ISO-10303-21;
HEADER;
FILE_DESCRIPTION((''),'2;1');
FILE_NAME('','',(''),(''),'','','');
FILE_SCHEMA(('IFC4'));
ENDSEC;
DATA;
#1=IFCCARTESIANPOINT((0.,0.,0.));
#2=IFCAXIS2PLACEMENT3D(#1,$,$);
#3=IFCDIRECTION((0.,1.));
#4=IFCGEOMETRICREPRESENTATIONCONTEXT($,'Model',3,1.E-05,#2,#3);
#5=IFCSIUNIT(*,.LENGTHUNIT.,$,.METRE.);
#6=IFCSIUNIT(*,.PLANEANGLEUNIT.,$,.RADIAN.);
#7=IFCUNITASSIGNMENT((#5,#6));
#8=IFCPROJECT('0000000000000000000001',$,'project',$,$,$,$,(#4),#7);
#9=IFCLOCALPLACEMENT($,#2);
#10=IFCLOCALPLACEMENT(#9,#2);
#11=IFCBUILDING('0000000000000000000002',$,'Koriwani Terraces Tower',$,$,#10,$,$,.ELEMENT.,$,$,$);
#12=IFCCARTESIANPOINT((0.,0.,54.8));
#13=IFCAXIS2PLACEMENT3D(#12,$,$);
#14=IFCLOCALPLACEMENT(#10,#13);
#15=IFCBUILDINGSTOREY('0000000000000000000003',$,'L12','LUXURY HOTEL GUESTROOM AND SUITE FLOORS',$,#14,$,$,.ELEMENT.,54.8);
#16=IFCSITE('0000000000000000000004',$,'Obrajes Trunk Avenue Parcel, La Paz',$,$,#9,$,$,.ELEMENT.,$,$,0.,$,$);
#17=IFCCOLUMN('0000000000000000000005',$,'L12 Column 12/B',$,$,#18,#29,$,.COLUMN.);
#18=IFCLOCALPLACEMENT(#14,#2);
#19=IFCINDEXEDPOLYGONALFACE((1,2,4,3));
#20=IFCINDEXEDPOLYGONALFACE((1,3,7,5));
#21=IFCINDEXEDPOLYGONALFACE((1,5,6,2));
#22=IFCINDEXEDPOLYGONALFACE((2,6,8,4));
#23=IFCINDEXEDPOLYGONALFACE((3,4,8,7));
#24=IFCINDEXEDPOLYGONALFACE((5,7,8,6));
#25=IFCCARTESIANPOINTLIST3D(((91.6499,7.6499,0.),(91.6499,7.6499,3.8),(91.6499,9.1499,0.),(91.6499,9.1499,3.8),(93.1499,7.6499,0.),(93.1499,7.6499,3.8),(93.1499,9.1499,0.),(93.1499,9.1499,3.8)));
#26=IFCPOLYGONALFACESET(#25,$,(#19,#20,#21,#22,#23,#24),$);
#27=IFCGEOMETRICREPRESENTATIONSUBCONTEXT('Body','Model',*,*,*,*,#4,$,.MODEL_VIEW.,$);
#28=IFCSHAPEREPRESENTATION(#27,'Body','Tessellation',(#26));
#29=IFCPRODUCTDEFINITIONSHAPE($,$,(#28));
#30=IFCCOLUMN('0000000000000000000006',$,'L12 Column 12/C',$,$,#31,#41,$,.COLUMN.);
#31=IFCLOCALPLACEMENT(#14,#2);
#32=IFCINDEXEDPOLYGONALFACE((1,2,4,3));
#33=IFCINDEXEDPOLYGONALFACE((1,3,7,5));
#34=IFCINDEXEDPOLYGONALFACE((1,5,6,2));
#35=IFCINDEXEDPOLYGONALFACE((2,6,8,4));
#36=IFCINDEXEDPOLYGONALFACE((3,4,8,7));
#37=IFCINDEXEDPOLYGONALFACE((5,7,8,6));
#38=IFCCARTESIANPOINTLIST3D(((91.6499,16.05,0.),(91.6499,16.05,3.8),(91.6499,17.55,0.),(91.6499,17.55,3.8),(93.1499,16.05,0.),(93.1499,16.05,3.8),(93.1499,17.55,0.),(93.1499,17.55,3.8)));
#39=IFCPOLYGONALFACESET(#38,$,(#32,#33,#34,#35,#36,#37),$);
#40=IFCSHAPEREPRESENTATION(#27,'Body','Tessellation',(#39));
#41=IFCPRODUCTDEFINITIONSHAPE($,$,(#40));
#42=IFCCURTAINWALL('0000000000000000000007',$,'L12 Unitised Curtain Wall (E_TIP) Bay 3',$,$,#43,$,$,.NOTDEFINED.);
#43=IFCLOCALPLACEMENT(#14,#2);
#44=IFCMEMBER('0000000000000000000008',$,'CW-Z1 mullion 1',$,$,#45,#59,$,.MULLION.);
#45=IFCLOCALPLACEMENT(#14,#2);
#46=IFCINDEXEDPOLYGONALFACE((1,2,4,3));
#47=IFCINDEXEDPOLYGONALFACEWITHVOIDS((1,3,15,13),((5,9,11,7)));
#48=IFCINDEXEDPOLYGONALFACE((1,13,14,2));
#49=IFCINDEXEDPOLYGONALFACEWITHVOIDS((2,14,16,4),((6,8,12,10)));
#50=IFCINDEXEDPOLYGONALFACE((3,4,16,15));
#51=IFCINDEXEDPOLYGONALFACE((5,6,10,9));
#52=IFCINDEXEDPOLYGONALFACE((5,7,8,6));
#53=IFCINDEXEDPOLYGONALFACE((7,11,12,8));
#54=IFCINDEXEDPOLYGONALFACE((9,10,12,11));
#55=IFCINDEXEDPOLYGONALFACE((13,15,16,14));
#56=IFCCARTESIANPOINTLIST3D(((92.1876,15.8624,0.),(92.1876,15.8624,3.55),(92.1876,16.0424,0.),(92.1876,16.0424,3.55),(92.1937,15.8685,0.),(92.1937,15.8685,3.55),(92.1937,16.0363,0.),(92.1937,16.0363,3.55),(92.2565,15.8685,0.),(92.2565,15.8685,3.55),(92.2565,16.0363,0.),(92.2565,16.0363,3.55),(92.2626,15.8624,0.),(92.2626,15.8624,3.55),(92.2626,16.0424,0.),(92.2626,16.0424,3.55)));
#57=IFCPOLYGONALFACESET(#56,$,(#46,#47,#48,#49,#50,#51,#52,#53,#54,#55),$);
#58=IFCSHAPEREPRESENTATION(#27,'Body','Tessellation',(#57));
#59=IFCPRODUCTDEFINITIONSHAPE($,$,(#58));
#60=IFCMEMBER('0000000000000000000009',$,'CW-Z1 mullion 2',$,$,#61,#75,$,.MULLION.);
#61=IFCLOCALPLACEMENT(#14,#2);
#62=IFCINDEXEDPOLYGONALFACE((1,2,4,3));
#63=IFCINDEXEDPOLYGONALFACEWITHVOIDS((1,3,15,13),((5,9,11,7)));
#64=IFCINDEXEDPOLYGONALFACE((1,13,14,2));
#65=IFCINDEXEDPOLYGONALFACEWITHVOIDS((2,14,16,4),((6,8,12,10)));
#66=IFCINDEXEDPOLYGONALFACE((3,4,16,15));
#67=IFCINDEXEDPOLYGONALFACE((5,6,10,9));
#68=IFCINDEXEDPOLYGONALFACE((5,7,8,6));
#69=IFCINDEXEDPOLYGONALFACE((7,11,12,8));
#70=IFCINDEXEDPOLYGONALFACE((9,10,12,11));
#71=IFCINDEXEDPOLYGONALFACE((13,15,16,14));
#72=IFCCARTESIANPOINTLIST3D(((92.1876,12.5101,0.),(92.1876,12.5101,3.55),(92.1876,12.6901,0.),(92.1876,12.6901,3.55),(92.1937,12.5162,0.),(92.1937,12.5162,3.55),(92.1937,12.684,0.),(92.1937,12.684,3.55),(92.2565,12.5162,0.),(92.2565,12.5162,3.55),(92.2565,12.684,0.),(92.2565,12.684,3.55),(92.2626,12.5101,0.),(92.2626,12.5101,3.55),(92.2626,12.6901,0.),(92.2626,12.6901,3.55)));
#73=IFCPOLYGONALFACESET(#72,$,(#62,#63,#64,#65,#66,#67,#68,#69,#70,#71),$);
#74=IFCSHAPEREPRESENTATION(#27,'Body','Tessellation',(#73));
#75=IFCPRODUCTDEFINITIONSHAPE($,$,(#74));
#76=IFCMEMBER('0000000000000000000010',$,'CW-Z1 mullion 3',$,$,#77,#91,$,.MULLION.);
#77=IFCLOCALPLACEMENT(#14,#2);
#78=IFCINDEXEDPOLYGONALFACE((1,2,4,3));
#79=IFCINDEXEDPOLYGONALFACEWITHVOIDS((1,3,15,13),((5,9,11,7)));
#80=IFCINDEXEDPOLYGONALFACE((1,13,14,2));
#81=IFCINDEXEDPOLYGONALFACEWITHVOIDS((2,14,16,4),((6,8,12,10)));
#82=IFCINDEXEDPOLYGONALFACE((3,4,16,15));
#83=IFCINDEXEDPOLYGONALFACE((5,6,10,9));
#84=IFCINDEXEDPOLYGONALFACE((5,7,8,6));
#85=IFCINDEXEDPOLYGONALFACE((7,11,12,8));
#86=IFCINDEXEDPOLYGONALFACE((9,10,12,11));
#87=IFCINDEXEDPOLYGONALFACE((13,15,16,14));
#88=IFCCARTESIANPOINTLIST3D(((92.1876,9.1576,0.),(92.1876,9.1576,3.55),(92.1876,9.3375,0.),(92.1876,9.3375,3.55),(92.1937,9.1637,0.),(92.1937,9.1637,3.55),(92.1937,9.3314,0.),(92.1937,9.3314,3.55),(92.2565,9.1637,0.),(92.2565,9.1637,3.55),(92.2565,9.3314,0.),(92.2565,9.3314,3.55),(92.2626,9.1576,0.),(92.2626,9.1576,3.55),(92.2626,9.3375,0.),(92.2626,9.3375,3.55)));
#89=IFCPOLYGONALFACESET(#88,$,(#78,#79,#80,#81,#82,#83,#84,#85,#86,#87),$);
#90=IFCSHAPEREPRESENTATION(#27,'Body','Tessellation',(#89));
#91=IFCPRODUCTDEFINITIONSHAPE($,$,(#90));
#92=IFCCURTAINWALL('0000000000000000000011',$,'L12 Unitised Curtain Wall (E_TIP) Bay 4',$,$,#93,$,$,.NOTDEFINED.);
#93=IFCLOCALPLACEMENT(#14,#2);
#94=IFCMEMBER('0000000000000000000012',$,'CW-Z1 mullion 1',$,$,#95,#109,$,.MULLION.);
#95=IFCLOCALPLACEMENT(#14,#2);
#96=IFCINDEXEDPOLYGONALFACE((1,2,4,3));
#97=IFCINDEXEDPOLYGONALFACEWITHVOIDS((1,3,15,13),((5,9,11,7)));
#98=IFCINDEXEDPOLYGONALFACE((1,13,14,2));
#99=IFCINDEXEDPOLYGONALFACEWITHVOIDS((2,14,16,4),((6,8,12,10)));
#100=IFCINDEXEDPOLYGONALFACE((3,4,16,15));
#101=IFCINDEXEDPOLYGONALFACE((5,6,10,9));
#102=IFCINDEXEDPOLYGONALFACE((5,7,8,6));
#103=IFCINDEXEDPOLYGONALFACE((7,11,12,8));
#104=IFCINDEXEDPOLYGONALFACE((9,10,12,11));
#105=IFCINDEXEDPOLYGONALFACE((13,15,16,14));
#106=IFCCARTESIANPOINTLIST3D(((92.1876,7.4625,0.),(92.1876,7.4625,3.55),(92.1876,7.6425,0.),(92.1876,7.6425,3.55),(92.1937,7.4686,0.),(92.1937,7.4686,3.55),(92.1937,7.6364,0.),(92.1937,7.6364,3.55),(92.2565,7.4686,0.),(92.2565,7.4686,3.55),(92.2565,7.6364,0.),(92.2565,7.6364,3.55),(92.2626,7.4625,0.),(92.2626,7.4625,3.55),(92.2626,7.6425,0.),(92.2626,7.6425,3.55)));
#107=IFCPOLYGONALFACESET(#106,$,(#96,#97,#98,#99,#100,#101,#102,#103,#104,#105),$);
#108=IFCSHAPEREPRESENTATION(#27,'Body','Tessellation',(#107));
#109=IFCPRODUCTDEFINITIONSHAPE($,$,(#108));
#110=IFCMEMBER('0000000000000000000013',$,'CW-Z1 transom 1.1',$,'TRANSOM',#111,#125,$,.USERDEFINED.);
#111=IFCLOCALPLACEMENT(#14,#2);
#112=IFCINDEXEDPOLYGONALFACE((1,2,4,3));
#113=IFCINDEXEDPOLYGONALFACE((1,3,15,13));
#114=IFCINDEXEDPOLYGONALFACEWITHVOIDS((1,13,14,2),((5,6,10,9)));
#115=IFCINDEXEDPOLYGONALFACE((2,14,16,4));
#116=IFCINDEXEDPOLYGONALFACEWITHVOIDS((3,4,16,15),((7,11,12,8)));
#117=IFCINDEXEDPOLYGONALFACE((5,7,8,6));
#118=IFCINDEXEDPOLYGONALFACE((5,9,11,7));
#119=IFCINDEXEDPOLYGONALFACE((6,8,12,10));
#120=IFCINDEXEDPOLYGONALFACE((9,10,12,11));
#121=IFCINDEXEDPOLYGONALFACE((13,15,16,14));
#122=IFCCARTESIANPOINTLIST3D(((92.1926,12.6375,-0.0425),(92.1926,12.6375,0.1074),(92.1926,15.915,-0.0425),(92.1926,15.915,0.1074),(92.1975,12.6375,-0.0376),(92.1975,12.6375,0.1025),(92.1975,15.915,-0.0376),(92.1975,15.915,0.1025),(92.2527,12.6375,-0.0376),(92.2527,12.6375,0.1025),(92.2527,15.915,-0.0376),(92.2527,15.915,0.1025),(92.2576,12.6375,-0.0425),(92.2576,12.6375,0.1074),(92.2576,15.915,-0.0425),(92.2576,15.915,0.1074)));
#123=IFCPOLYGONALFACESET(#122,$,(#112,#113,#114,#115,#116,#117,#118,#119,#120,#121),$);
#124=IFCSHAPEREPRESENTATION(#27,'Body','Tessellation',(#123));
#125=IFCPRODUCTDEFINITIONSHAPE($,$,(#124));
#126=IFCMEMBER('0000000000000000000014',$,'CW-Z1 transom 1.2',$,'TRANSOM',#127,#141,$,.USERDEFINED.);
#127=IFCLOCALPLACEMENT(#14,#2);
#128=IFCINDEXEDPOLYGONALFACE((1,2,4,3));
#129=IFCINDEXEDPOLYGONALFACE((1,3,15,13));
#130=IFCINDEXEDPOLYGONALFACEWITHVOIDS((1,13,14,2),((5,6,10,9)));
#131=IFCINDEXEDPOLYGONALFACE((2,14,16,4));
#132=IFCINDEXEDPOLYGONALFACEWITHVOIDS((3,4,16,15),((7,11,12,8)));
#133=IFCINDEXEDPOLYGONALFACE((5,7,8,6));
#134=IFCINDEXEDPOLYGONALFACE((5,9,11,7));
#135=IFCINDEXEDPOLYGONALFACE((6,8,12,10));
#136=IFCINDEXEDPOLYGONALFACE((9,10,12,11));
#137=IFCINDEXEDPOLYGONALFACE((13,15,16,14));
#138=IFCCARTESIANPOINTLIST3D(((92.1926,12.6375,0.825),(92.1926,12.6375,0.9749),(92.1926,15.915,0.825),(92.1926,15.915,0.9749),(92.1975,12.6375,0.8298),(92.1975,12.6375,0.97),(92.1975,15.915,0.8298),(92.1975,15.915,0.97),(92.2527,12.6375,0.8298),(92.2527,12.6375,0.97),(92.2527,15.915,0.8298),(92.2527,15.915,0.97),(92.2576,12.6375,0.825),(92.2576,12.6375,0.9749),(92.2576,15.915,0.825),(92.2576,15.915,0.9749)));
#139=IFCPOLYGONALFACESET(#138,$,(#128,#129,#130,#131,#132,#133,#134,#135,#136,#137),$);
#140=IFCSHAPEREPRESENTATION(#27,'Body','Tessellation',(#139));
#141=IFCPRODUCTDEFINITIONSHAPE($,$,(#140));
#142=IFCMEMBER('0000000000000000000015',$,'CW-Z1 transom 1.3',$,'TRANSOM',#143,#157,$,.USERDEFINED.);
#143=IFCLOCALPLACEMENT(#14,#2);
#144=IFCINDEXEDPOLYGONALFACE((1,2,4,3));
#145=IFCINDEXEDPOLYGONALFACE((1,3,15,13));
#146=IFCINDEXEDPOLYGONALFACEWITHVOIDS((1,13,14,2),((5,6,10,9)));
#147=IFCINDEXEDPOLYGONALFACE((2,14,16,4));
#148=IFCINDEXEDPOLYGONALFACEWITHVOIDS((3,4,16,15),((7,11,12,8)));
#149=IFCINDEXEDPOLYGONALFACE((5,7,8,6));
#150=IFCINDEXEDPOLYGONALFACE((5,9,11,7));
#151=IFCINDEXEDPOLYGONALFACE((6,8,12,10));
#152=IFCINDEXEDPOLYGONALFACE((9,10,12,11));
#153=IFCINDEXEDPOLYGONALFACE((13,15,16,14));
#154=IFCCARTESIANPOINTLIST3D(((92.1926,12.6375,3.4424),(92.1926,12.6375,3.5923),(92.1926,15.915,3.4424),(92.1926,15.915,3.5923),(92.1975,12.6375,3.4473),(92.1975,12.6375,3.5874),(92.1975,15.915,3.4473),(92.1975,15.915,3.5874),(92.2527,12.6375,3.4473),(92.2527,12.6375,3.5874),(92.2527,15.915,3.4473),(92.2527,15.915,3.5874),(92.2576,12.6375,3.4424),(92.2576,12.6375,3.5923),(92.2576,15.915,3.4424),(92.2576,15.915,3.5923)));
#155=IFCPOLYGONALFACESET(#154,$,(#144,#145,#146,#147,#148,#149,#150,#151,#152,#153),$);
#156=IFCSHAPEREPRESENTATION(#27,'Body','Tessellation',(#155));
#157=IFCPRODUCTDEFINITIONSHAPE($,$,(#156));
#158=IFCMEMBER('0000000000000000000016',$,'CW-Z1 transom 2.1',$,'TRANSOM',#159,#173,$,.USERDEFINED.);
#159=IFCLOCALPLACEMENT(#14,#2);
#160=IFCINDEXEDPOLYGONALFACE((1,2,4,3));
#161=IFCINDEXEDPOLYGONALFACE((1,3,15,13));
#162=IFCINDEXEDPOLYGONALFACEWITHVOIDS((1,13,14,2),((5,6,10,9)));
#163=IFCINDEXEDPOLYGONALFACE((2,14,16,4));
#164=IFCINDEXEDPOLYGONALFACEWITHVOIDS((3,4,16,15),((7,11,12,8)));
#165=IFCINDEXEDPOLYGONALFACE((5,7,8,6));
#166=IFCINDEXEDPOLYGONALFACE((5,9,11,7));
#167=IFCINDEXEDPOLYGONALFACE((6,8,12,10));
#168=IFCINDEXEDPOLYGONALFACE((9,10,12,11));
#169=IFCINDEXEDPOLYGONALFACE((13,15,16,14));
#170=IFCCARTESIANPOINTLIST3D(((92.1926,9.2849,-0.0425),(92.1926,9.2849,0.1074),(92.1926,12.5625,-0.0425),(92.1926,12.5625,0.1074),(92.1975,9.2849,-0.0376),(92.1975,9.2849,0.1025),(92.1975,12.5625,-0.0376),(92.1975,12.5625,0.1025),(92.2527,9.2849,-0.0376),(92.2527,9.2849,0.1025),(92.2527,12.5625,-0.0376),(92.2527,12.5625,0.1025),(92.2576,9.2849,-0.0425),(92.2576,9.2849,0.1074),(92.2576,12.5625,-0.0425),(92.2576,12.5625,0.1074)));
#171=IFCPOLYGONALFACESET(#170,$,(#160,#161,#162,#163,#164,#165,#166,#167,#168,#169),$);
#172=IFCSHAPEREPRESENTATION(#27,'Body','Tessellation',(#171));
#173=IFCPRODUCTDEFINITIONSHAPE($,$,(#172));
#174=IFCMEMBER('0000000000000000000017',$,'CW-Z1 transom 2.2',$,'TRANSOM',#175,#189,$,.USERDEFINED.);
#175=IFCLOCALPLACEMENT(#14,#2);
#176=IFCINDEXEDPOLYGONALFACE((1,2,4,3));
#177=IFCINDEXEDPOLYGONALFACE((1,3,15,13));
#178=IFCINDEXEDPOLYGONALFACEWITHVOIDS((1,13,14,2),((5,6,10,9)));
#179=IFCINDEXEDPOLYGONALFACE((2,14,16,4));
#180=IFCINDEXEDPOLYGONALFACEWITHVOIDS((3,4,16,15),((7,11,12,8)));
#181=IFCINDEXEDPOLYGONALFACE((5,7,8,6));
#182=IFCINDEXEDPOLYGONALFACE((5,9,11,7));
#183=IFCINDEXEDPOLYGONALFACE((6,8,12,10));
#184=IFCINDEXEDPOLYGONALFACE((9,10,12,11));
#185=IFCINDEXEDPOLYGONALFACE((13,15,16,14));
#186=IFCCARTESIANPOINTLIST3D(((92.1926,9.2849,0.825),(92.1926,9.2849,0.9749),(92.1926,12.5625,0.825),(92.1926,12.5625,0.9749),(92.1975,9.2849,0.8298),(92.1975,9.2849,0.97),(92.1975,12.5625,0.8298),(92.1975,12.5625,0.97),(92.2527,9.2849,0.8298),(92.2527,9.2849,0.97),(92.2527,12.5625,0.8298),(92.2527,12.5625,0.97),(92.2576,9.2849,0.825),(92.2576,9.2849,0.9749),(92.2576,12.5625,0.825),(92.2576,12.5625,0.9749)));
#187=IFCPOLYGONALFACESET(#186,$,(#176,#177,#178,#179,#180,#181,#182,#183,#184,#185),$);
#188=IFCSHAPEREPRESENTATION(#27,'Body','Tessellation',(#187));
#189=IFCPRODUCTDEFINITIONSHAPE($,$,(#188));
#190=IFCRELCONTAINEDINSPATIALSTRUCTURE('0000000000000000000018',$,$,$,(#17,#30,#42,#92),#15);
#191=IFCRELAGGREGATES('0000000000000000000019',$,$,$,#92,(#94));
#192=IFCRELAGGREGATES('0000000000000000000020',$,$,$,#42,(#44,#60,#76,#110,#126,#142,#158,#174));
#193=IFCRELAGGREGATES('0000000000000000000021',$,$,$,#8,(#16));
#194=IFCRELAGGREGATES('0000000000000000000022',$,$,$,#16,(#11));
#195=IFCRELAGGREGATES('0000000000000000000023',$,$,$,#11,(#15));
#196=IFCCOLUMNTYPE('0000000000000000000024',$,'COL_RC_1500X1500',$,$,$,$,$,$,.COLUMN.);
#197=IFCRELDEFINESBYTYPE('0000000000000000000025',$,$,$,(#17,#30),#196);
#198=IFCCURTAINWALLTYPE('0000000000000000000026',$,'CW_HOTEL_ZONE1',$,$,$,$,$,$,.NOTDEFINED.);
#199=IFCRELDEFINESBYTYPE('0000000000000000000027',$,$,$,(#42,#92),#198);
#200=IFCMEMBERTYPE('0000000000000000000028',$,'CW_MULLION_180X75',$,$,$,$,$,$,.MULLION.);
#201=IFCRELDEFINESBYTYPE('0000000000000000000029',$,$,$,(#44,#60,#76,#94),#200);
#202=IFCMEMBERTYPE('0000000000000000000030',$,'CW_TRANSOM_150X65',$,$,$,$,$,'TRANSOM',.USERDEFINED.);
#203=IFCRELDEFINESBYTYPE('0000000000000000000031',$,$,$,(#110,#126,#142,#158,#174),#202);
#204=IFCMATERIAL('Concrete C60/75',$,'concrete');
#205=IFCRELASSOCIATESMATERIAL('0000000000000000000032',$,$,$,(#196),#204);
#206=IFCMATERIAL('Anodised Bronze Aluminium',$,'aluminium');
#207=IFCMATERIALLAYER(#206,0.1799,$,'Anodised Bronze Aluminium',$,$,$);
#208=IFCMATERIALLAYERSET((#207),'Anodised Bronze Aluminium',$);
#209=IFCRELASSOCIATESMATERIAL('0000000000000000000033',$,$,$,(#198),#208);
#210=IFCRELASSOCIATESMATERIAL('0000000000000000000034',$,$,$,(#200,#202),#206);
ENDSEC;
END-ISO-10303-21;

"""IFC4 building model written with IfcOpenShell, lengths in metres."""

from ifc_helpers import new_model, si_unit, direction, frame, origin, origin_2d, place, context, subcontext, project, spatial, rectangle, hollow_rectangle, extrude, material, layer, layer_set, material_profile, profile_set, type_object, element, aggregate, save


model = new_model("IFC4")

# Units and contexts
model_context = context("Model", 3, precision=1e-05, world=origin(), true_north=direction((0.0, 1.0)))
body_context = subcontext(model_context, "Body", "Model", "MODEL_VIEW")
ifc_project = project(units=[si_unit("LENGTHUNIT", "METRE"), si_unit("PLANEANGLEUNIT", "RADIAN")], contexts=[model_context])

# Site, building, storey
site_placement = place(None, origin())
site = spatial("IfcSite", under=ifc_project, at=site_placement, Name="Obrajes Trunk Avenue Parcel, La Paz", CompositionType="ELEMENT", RefElevation=0.0)
building_placement = place(site_placement, origin())
building = spatial("IfcBuilding", under=site, at=building_placement, Name="Koriwani Terraces Tower", CompositionType="ELEMENT")
storey_placement = place(building_placement, frame((0.0, 0.0, 54.8)))
storey = spatial("IfcBuildingStorey", under=building, at=storey_placement, Name="L12", Description="LUXURY HOTEL GUESTROOM AND SUITE FLOORS", CompositionType="ELEMENT", Elevation=54.8)

# Columns
ifc_material_1 = material(Name="Concrete C60/75", Category="concrete")
ifc_material_profile_1 = material_profile(ifc_material_1, rectangle(XDim=1.5, YDim=1.5, at=origin_2d()), Name="Concrete C60/75", Category="LoadBearing")
ifc_profile_set_1 = profile_set([ifc_material_profile_1], Name="Concrete C60/75")
column_type = type_object("IfcColumnType", Name="COL_RC_1500X1500", PredefinedType="COLUMN", material=ifc_profile_set_1)
for number, where, z_axis, x_axis, name in (
    (1, (92.3999, 8.3999, 0.0), (0.0, 0.0, 1.0), (1.0, 0.0, 0.0), "L12 Column 12/B"),
    (2, (92.3999, 16.8, 0.0), (0.0, 0.0, 1.0), (1.0, 0.0, 0.0), "L12 Column 12/C"),
):
    element("IfcColumn", number, at=place(storey_placement, frame(where, z_axis=z_axis, x_axis=x_axis)), inside=storey, type_object=column_type, Name=name, PredefinedType="COLUMN", context=body_context, shape_type="SweptSolid", body=[
        extrude(rectangle(XDim=1.5, YDim=1.5, at=origin_2d()), origin(), (0.0, 0.0, 1.0), 3.8),
    ])

# Curtain wall, members
ifc_material_2 = material(Name="Anodised Bronze Aluminium", Category="aluminium")
ifc_layer_1 = layer(ifc_material_2, 0.1799, Name="Anodised Bronze Aluminium")
ifc_layer_set_1 = layer_set([ifc_layer_1], Name="Anodised Bronze Aluminium")
curtain_wall_type = type_object("IfcCurtainWallType", Name="CW_HOTEL_ZONE1", PredefinedType="NOTDEFINED", material=ifc_layer_set_1)
curtain_wall_1_placement = place(storey_placement, origin())
curtain_wall_1 = element("IfcCurtainWall", 3, at=curtain_wall_1_placement, inside=storey, type_object=curtain_wall_type, Name="L12 Unitised Curtain Wall (E_TIP) Bay 3", PredefinedType="NOTDEFINED")
ifc_material_profile_2 = material_profile(ifc_material_2, hollow_rectangle(XDim=0.075, YDim=0.1799, WallThickness=0.0061, at=origin_2d()), Name="Anodised Bronze Aluminium", Category="LoadBearing")
ifc_profile_set_2 = profile_set([ifc_material_profile_2], Name="Anodised Bronze Aluminium")
member_type_1 = type_object("IfcMemberType", Name="CW_MULLION_180X75", PredefinedType="MULLION", material=ifc_profile_set_2)
member_1_placement = place(storey_placement, frame((92.2251, 15.9524, 0.0), z_axis=(0.0, 0.0, 1.0), x_axis=(1.0, 0.0, 0.0)))
member_1 = element("IfcMember", 4, at=member_1_placement, type_object=member_type_1, Name="CW-Z1 mullion 1", PredefinedType="MULLION", context=body_context, shape_type="SweptSolid", body=[
    extrude(hollow_rectangle(XDim=0.075, YDim=0.1799, WallThickness=0.0061, at=origin_2d()), origin(), (0.0, 0.0, 1.0), 3.55),
])
member_2_placement = place(storey_placement, frame((92.2251, 12.6001, 0.0), z_axis=(0.0, 0.0, 1.0), x_axis=(1.0, 0.0, 0.0)))
member_2 = element("IfcMember", 5, at=member_2_placement, type_object=member_type_1, Name="CW-Z1 mullion 2", PredefinedType="MULLION", context=body_context, shape_type="SweptSolid", body=[
    extrude(hollow_rectangle(XDim=0.075, YDim=0.1799, WallThickness=0.0061, at=origin_2d()), origin(), (0.0, 0.0, 1.0), 3.55),
])
member_3_placement = place(storey_placement, frame((92.2251, 9.2476, 0.0), z_axis=(0.0, 0.0, 1.0), x_axis=(1.0, 0.0, 0.0)))
member_3 = element("IfcMember", 6, at=member_3_placement, type_object=member_type_1, Name="CW-Z1 mullion 3", PredefinedType="MULLION", context=body_context, shape_type="SweptSolid", body=[
    extrude(hollow_rectangle(XDim=0.075, YDim=0.1799, WallThickness=0.0061, at=origin_2d()), origin(), (0.0, 0.0, 1.0), 3.55),
])

# Curtain wall, member
curtain_wall_2_placement = place(storey_placement, origin())
curtain_wall_2 = element("IfcCurtainWall", 7, at=curtain_wall_2_placement, inside=storey, type_object=curtain_wall_type, Name="L12 Unitised Curtain Wall (E_TIP) Bay 4", PredefinedType="NOTDEFINED")
member_4_placement = place(storey_placement, frame((92.2251, 7.5525, 0.0), z_axis=(0.0, 0.0, 1.0), x_axis=(1.0, 0.0, 0.0)))
member_4 = element("IfcMember", 8, at=member_4_placement, type_object=member_type_1, Name="CW-Z1 mullion 1", PredefinedType="MULLION", context=body_context, shape_type="SweptSolid", body=[
    extrude(hollow_rectangle(XDim=0.075, YDim=0.1799, WallThickness=0.0061, at=origin_2d()), origin(), (0.0, 0.0, 1.0), 3.55),
])
aggregate(curtain_wall_2, [member_4])

# Members
ifc_material_profile_3 = material_profile(ifc_material_2, hollow_rectangle(XDim=0.0649, YDim=0.1499, WallThickness=0.0049, at=origin_2d()), Name="Anodised Bronze Aluminium", Category="LoadBearing")
ifc_profile_set_3 = profile_set([ifc_material_profile_3], Name="Anodised Bronze Aluminium")
member_type_2 = type_object("IfcMemberType", Name="CW_TRANSOM_150X65", ElementType="TRANSOM", PredefinedType="USERDEFINED", material=ifc_profile_set_3)
member_5_placement = place(storey_placement, frame((92.2251, 15.915, 0.0325), z_axis=(0.0, -1.0, 0.0), x_axis=(1.0, 0.0, 0.0)))
member_5 = element("IfcMember", 9, at=member_5_placement, type_object=member_type_2, Name="CW-Z1 transom 1.1", ObjectType="TRANSOM", PredefinedType="USERDEFINED", context=body_context, shape_type="SweptSolid", body=[
    extrude(hollow_rectangle(XDim=0.0649, YDim=0.1499, WallThickness=0.0049, at=origin_2d()), origin(), (0.0, 0.0, 1.0), 3.2776),
])
member_6_placement = place(storey_placement, frame((92.2251, 15.915, 0.8999), z_axis=(0.0, -1.0, 0.0), x_axis=(1.0, 0.0, 0.0)))
member_6 = element("IfcMember", 10, at=member_6_placement, type_object=member_type_2, Name="CW-Z1 transom 1.2", ObjectType="TRANSOM", PredefinedType="USERDEFINED", context=body_context, shape_type="SweptSolid", body=[
    extrude(hollow_rectangle(XDim=0.0649, YDim=0.1499, WallThickness=0.0049, at=origin_2d()), origin(), (0.0, 0.0, 1.0), 3.2776),
])
member_7_placement = place(storey_placement, frame((92.2251, 15.915, 3.5173), z_axis=(0.0, -1.0, 0.0), x_axis=(1.0, 0.0, 0.0)))
member_7 = element("IfcMember", 11, at=member_7_placement, type_object=member_type_2, Name="CW-Z1 transom 1.3", ObjectType="TRANSOM", PredefinedType="USERDEFINED", context=body_context, shape_type="SweptSolid", body=[
    extrude(hollow_rectangle(XDim=0.0649, YDim=0.1499, WallThickness=0.0049, at=origin_2d()), origin(), (0.0, 0.0, 1.0), 3.2776),
])
member_8_placement = place(storey_placement, frame((92.2251, 12.5625, 0.0325), z_axis=(0.0, -1.0, 0.0), x_axis=(1.0, 0.0, 0.0)))
member_8 = element("IfcMember", 12, at=member_8_placement, type_object=member_type_2, Name="CW-Z1 transom 2.1", ObjectType="TRANSOM", PredefinedType="USERDEFINED", context=body_context, shape_type="SweptSolid", body=[
    extrude(hollow_rectangle(XDim=0.0649, YDim=0.1499, WallThickness=0.0049, at=origin_2d()), origin(), (0.0, 0.0, 1.0), 3.2776),
])
member_9_placement = place(storey_placement, frame((92.2251, 12.5625, 0.8999), z_axis=(0.0, -1.0, 0.0), x_axis=(1.0, 0.0, 0.0)))
member_9 = element("IfcMember", 13, at=member_9_placement, type_object=member_type_2, Name="CW-Z1 transom 2.2", ObjectType="TRANSOM", PredefinedType="USERDEFINED", context=body_context, shape_type="SweptSolid", body=[
    extrude(hollow_rectangle(XDim=0.0649, YDim=0.1499, WallThickness=0.0049, at=origin_2d()), origin(), (0.0, 0.0, 1.0), 3.2776),
])

aggregate(curtain_wall_1, [member_1, member_2, member_3, member_5, member_6, member_7, member_8, member_9])

save(model, "model.ifc")
